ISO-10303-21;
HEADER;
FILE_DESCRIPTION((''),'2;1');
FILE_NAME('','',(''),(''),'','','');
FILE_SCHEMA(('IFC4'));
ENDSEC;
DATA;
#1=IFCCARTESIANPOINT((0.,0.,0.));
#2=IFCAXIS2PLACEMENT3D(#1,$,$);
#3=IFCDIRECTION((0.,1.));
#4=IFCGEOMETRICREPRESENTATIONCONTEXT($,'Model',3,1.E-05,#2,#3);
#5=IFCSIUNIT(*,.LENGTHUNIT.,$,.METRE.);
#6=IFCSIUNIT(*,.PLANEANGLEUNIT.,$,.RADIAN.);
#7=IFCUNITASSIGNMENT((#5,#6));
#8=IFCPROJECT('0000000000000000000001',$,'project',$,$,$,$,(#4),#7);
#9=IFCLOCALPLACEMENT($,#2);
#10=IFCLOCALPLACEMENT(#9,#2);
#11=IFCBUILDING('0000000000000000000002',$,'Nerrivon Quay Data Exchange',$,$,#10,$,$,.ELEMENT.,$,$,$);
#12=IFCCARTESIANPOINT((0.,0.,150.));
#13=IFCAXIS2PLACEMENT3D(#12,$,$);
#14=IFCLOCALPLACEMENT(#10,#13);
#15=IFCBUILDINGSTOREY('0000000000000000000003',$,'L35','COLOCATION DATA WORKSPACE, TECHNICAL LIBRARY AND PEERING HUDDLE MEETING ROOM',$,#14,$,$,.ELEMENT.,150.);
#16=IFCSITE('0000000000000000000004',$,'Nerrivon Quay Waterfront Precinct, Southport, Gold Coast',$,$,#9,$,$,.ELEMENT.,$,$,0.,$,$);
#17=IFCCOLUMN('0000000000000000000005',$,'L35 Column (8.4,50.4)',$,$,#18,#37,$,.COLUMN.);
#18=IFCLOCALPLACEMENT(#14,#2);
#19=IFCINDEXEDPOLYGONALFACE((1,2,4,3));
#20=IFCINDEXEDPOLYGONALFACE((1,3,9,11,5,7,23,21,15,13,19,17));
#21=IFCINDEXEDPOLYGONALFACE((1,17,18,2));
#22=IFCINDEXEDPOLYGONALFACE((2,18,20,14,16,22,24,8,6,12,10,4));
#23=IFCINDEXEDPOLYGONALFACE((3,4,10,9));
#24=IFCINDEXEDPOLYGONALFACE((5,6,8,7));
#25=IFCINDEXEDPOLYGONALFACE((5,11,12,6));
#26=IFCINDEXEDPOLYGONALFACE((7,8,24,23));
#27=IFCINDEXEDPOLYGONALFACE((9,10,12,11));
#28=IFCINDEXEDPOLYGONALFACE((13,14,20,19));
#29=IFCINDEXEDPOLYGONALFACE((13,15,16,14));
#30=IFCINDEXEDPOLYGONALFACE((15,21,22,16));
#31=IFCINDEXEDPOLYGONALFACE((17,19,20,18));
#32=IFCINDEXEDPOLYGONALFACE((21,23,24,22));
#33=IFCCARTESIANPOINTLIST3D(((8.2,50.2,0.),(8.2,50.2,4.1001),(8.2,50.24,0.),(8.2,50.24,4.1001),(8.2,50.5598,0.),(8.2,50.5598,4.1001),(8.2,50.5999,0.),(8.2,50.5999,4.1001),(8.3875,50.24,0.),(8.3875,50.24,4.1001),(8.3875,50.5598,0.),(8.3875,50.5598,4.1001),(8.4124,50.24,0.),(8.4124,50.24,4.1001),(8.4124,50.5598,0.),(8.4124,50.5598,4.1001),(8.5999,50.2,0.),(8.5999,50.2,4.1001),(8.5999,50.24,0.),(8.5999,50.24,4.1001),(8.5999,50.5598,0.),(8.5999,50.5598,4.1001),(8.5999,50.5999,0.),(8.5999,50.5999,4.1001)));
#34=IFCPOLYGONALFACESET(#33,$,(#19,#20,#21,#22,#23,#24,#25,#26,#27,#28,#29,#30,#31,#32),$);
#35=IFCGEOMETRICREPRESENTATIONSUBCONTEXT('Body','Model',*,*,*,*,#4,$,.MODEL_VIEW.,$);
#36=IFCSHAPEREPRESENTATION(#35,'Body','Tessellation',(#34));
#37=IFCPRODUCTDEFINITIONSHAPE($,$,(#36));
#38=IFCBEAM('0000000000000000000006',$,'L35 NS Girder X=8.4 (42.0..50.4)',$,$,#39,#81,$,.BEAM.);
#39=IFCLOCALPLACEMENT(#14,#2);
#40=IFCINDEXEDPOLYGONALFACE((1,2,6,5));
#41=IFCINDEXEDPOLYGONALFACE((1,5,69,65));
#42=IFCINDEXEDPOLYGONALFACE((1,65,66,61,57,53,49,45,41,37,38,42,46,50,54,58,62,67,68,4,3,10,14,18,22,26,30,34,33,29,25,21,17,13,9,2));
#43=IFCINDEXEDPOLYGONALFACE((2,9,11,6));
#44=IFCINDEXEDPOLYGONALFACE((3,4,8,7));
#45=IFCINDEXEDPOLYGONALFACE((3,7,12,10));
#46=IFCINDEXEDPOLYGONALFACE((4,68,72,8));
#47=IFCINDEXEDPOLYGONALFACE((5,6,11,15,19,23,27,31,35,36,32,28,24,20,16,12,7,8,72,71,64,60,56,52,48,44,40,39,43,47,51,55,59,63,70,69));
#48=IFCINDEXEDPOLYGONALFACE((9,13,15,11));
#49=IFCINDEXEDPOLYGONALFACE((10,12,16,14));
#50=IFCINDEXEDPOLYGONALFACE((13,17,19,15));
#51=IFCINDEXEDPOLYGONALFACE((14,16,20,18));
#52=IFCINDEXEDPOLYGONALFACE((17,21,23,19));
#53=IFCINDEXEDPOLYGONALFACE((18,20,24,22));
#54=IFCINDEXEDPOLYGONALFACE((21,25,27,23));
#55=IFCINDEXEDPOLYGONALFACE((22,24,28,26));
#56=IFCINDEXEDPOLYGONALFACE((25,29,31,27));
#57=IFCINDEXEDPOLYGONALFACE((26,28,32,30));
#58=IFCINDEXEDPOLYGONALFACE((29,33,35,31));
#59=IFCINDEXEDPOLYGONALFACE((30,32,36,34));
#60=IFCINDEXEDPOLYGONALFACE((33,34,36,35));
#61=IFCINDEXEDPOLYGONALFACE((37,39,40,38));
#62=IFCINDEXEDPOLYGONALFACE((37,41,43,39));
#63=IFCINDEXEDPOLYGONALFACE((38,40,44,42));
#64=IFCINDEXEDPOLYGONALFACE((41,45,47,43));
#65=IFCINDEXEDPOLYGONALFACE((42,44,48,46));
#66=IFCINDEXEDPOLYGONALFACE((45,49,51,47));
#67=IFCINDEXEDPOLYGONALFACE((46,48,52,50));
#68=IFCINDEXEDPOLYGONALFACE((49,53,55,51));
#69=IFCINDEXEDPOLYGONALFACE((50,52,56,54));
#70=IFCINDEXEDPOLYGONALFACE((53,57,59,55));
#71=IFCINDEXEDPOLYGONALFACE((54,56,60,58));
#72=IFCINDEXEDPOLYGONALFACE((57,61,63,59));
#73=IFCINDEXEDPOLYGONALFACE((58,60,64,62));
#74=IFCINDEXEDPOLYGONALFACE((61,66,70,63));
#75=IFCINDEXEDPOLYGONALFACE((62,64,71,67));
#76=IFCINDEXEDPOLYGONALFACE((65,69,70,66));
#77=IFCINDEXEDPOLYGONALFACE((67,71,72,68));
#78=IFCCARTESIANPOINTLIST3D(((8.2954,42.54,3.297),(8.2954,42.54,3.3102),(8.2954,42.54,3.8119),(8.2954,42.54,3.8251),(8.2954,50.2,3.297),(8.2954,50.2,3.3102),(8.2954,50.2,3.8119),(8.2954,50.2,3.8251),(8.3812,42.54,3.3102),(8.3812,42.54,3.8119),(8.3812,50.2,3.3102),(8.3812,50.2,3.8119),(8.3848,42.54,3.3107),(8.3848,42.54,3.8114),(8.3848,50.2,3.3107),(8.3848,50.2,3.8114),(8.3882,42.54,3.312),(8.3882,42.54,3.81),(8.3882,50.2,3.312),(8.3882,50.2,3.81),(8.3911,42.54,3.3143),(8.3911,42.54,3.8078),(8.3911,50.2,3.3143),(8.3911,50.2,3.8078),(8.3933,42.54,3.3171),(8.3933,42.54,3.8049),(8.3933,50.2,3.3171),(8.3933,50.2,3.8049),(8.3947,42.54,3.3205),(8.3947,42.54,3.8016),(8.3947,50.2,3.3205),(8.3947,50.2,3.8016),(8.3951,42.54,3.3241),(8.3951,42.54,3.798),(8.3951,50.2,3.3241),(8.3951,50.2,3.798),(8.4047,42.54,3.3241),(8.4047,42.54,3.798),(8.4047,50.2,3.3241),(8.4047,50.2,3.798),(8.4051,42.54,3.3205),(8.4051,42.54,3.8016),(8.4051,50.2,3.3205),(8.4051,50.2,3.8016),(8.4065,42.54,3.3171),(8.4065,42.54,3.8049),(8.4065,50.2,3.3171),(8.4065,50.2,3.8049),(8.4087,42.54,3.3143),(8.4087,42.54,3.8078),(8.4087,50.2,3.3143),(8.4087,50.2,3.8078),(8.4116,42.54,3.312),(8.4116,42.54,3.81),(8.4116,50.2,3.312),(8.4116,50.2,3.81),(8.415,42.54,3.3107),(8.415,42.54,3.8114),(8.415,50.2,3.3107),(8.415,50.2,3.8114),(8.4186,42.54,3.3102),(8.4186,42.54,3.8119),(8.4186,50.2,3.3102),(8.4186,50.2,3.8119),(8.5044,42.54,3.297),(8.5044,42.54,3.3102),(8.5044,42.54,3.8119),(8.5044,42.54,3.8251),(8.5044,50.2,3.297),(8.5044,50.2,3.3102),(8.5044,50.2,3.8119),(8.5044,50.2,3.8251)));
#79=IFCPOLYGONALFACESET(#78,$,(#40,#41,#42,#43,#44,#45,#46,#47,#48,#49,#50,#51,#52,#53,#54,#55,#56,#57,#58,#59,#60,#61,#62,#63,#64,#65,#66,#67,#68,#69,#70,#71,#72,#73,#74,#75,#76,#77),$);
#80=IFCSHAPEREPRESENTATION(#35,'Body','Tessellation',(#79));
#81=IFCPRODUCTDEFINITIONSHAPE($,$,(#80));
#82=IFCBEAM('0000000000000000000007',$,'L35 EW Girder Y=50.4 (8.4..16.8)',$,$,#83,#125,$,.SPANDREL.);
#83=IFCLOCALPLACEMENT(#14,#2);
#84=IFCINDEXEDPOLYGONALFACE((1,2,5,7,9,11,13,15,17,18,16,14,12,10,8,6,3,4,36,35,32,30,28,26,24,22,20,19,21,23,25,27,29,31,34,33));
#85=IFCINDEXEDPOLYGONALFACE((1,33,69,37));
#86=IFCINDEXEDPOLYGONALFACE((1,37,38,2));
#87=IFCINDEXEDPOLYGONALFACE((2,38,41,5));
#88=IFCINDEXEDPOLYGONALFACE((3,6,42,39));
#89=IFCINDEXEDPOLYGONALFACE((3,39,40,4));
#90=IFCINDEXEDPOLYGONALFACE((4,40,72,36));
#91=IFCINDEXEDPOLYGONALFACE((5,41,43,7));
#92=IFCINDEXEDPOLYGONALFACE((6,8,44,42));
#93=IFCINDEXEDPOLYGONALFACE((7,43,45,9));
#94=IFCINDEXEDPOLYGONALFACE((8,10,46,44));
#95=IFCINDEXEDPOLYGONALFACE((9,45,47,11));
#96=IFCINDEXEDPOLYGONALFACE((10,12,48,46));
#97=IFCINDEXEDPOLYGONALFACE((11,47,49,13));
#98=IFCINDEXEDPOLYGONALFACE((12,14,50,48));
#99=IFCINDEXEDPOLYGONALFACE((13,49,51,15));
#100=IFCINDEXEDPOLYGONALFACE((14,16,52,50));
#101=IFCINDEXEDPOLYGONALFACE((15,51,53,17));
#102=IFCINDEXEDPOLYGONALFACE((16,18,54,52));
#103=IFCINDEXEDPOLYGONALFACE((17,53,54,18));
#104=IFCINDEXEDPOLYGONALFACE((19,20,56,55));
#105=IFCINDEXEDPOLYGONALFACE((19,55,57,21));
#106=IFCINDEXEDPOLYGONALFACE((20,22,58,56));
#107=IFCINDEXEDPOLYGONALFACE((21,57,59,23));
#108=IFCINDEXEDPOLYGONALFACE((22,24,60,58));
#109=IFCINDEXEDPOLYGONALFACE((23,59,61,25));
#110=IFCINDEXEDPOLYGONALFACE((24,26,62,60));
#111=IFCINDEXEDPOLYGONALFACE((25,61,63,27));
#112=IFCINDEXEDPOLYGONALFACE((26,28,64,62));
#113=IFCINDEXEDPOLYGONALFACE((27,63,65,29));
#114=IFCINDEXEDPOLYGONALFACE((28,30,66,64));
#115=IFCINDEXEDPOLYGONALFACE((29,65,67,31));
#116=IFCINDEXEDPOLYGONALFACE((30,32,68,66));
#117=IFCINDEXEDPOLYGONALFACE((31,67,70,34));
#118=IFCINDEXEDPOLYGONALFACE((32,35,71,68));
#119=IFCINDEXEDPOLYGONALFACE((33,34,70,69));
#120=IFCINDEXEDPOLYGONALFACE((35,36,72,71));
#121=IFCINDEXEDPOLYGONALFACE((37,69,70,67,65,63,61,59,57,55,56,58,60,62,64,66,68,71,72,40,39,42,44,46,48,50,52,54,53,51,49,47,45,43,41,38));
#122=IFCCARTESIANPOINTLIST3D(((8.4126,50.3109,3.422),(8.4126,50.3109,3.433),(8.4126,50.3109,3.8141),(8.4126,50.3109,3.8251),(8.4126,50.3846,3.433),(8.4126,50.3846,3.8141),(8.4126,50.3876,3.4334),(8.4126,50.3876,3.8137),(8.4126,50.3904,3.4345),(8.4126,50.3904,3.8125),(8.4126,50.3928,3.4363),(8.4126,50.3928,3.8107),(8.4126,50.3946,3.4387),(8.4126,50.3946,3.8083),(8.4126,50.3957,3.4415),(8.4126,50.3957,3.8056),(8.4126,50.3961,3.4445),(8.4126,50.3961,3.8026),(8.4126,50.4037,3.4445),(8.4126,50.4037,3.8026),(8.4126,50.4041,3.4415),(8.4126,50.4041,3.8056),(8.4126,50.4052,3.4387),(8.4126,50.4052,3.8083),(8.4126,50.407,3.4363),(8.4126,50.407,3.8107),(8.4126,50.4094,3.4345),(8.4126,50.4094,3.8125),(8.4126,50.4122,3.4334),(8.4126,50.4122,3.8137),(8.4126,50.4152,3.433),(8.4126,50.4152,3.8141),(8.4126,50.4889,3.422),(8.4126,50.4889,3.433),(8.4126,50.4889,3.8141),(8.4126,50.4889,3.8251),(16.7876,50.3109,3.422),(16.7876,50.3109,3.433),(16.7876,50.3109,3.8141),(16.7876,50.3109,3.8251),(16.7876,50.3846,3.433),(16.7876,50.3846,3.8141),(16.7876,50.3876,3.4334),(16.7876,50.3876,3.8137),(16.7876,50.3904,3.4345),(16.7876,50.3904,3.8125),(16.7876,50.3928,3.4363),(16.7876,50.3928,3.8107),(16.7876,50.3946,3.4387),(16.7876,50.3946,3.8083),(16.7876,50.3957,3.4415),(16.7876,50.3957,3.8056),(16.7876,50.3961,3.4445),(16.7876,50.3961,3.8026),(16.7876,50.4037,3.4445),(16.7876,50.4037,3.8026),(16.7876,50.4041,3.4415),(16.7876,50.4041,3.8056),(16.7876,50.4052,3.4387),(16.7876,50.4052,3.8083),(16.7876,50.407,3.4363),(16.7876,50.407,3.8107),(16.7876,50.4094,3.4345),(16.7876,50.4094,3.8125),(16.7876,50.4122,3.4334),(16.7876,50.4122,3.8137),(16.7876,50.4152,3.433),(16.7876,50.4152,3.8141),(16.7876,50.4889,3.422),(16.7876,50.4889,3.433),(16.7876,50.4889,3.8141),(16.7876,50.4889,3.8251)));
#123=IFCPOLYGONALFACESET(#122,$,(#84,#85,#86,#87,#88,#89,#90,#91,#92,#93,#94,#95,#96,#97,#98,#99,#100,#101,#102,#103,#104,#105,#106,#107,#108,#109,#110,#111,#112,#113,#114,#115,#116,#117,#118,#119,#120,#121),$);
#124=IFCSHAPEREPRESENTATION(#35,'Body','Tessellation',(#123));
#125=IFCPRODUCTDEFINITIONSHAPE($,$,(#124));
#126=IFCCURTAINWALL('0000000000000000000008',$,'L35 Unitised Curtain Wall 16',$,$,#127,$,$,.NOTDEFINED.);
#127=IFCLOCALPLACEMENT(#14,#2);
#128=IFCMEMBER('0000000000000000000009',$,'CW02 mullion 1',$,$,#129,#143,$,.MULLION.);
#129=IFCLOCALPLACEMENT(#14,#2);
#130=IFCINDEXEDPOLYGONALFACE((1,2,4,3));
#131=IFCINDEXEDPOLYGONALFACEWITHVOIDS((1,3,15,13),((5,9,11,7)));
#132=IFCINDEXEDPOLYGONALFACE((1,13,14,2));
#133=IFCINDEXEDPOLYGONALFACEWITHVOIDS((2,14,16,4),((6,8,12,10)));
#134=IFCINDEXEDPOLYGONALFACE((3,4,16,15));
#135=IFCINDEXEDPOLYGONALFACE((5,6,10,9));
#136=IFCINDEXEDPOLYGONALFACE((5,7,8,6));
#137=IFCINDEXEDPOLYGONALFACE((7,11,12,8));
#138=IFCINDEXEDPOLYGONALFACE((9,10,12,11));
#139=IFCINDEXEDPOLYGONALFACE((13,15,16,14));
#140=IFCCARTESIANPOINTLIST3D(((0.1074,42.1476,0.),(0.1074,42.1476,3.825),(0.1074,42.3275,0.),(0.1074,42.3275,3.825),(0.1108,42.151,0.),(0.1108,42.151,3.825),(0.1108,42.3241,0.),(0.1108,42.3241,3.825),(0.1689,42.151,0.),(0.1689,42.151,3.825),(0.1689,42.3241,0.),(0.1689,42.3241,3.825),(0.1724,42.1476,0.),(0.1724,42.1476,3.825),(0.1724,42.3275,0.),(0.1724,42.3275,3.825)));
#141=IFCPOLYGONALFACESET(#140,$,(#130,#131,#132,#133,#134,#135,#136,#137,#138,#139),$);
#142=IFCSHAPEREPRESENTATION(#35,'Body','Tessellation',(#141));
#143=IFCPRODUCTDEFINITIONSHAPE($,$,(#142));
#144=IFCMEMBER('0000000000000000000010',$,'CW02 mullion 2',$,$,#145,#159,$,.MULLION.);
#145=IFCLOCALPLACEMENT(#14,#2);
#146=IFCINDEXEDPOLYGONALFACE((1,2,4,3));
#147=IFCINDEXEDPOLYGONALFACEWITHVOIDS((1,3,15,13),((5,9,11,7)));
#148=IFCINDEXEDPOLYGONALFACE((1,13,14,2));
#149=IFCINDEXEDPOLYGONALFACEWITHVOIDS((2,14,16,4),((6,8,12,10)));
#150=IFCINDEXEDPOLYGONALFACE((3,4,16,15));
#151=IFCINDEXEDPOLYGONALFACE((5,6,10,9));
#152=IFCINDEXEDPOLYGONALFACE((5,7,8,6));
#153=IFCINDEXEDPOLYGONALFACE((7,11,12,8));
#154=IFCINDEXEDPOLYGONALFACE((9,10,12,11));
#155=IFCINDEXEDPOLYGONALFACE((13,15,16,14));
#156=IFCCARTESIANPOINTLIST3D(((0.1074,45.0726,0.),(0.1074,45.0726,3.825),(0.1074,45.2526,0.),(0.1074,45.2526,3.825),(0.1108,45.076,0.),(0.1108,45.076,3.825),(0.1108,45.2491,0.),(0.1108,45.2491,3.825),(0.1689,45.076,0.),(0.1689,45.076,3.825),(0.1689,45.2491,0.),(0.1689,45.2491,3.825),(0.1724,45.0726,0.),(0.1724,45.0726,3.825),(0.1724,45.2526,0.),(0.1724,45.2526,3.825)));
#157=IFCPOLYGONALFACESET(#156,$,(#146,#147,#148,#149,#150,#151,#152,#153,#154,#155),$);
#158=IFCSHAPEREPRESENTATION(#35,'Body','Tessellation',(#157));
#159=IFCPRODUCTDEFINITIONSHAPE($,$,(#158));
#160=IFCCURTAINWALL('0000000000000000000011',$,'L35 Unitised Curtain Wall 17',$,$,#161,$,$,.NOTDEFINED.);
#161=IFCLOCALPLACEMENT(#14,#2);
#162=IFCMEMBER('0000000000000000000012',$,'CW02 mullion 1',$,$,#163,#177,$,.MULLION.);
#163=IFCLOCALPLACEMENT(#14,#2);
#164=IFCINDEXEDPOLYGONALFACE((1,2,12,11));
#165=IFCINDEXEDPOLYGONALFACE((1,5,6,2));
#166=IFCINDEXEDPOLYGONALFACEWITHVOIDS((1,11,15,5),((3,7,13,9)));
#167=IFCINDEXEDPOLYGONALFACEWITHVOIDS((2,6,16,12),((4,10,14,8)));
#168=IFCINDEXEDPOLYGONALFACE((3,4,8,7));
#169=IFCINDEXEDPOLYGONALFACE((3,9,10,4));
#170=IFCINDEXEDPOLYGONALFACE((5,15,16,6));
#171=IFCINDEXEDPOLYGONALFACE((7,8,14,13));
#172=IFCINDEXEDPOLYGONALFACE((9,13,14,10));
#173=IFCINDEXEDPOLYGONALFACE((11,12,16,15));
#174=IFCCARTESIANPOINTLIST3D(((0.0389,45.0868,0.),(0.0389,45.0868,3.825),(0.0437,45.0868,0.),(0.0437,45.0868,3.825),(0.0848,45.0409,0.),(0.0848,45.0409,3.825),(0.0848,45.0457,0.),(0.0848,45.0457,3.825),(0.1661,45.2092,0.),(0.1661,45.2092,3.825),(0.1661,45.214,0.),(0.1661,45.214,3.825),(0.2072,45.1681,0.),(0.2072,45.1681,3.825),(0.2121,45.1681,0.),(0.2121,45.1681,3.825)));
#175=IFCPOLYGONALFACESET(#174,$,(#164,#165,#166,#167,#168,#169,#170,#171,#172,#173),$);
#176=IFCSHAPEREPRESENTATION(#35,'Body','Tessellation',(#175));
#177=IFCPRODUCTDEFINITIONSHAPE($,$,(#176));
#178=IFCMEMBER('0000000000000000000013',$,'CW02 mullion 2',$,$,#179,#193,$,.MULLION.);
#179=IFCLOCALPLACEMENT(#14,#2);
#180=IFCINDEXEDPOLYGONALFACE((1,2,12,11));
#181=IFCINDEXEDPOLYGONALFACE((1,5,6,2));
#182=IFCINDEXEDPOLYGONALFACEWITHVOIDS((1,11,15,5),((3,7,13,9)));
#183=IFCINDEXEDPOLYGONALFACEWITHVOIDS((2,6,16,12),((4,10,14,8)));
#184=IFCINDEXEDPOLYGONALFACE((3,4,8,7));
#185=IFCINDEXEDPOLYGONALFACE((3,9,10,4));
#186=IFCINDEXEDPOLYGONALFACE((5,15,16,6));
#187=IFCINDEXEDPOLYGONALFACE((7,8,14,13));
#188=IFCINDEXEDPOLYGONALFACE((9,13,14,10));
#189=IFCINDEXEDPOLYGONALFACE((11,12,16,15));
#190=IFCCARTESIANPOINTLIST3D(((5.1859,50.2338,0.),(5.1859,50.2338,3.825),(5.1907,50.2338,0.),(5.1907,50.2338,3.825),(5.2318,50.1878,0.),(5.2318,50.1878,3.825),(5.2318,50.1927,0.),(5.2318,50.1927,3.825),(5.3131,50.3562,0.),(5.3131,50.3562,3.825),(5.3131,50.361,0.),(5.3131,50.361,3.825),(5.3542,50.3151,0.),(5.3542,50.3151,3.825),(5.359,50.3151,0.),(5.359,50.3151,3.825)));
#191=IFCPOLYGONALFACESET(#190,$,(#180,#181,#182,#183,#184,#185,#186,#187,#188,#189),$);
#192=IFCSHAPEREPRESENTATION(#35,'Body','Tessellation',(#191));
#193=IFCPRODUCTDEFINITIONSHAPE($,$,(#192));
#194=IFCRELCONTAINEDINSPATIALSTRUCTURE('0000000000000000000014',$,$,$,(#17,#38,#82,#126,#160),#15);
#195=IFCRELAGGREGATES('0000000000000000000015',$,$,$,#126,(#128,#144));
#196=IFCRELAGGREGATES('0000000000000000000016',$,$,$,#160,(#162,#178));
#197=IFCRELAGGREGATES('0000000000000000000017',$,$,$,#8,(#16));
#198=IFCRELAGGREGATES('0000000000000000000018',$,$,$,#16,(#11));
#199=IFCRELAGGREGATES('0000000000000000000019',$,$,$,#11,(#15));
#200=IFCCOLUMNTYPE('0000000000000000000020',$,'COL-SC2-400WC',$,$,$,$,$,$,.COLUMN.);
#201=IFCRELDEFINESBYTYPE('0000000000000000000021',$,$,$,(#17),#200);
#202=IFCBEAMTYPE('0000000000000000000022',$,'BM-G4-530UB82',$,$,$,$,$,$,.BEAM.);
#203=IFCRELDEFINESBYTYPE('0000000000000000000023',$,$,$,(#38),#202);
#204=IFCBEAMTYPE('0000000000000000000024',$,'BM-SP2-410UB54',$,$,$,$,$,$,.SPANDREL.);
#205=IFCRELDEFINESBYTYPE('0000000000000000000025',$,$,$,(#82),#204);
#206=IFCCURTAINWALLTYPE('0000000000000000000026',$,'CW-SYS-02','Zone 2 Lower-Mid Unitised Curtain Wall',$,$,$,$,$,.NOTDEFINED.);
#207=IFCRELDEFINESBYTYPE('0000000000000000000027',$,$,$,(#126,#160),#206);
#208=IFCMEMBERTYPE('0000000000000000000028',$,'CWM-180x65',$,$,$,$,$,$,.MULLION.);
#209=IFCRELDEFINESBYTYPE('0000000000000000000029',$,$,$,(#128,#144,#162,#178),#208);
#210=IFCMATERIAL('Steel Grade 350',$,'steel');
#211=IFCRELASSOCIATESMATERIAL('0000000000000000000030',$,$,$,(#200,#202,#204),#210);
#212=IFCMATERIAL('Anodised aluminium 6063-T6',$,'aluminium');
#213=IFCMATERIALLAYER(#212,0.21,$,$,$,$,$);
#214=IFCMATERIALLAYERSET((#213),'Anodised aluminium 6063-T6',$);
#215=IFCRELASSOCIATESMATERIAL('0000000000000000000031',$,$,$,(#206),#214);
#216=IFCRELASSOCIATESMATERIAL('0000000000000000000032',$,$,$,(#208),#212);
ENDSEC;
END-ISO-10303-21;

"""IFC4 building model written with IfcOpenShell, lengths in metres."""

from ifc_helpers import new_model, si_unit, direction, frame, origin, origin_2d, place, context, subcontext, project, spatial, hollow_rectangle, i_section, extrude, material, layer, layer_set, material_profile, profile_set, type_object, element, aggregate, save


model = new_model("IFC4")

# Units and contexts
model_context = context("Model", 3, precision=1e-05, world=origin(), true_north=direction((0.0, 1.0)))
body_context = subcontext(model_context, "Body", "Model", "MODEL_VIEW")
ifc_project = project(units=[si_unit("LENGTHUNIT", "METRE"), si_unit("PLANEANGLEUNIT", "RADIAN")], contexts=[model_context])

# Site, building, storey
site_placement = place(None, origin())
site = spatial("IfcSite", under=ifc_project, at=site_placement, Name="Nerrivon Quay Waterfront Precinct, Southport, Gold Coast", CompositionType="ELEMENT", RefElevation=0.0)
building_placement = place(site_placement, origin())
building = spatial("IfcBuilding", under=site, at=building_placement, Name="Nerrivon Quay Data Exchange", CompositionType="ELEMENT")
storey_placement = place(building_placement, frame((0.0, 0.0, 150.0)))
storey = spatial("IfcBuildingStorey", under=building, at=storey_placement, Name="L35", Description="COLOCATION DATA WORKSPACE, TECHNICAL LIBRARY AND PEERING HUDDLE MEETING ROOM", CompositionType="ELEMENT", Elevation=150.0)

# Column
ifc_material_1 = material(Name="Steel Grade 350", Category="steel")
ifc_material_profile_1 = material_profile(ifc_material_1, i_section(OverallWidth=0.3999, OverallDepth=0.3999, WebThickness=0.0249, FlangeThickness=0.04, at=origin_2d()), Name="400WC328")
ifc_profile_set_1 = profile_set([ifc_material_profile_1], Name="Steel Grade 350")
column_type = type_object("IfcColumnType", Name="COL-SC2-400WC", PredefinedType="COLUMN", material=ifc_profile_set_1)
column_placement = place(storey_placement, frame((8.3999, 50.3999, 0.0), z_axis=(0.0, 0.0, 1.0), x_axis=(1.0, 0.0, 0.0)))
element("IfcColumn", 1, at=column_placement, inside=storey, type_object=column_type, Name="L35 Column (8.4,50.4)", PredefinedType="COLUMN", context=body_context, shape_type="SweptSolid", body=[
    extrude(i_section(OverallWidth=0.3999, OverallDepth=0.3999, WebThickness=0.0249, FlangeThickness=0.04, at=origin_2d()), origin(), (0.0, 0.0, 1.0), 4.1001),
])

# Beams
ifc_material_profile_2 = material_profile(ifc_material_1, i_section(OverallWidth=0.209, OverallDepth=0.5281, WebThickness=0.0095, FlangeThickness=0.0132, FilletRadius=0.0139, at=origin_2d()), Name="530UB82.0")
ifc_profile_set_2 = profile_set([ifc_material_profile_2], Name="Steel Grade 350")
beam_type_1 = type_object("IfcBeamType", Name="BM-G4-530UB82", PredefinedType="BEAM", material=ifc_profile_set_2)
beam_1_placement = place(storey_placement, frame((8.3999, 42.54, 3.561), z_axis=(0.0, 1.0, 0.0), x_axis=(-1.0, 0.0, 0.0)))
element("IfcBeam", 2, at=beam_1_placement, inside=storey, type_object=beam_type_1, Name="L35 NS Girder X=8.4 (42.0..50.4)", PredefinedType="BEAM", context=body_context, shape_type="SweptSolid", body=[
    extrude(i_section(OverallWidth=0.209, OverallDepth=0.5281, WebThickness=0.0095, FlangeThickness=0.0132, FilletRadius=0.0139, at=origin_2d()), origin(), (0.0, 0.0, 1.0), 7.6599),
])
ifc_material_profile_3 = material_profile(ifc_material_1, i_section(OverallWidth=0.178, OverallDepth=0.4031, WebThickness=0.0076, FlangeThickness=0.011, FilletRadius=0.0115, at=origin_2d()), Name="410UB53.7")
ifc_profile_set_3 = profile_set([ifc_material_profile_3], Name="Steel Grade 350")
beam_type_2 = type_object("IfcBeamType", Name="BM-SP2-410UB54", PredefinedType="SPANDREL", material=ifc_profile_set_3)
beam_2_placement = place(storey_placement, frame((8.4126, 50.3999, 3.6235), z_axis=(1.0, 0.0, 0.0), x_axis=(0.0, 1.0, 0.0)))
element("IfcBeam", 3, at=beam_2_placement, inside=storey, type_object=beam_type_2, Name="L35 EW Girder Y=50.4 (8.4..16.8)", PredefinedType="SPANDREL", context=body_context, shape_type="SweptSolid", body=[
    extrude(i_section(OverallWidth=0.178, OverallDepth=0.4031, WebThickness=0.0076, FlangeThickness=0.011, FilletRadius=0.0115, at=origin_2d()), origin(), (0.0, 0.0, 1.0), 8.375),
])

# Curtain walls, members
ifc_material_2 = material(Name="Anodised aluminium 6063-T6", Category="aluminium")
ifc_layer_1 = layer(ifc_material_2, 0.21)
ifc_layer_set_1 = layer_set([ifc_layer_1], Name="Anodised aluminium 6063-T6")
curtain_wall_type = type_object("IfcCurtainWallType", Name="CW-SYS-02", Description="Zone 2 Lower-Mid Unitised Curtain Wall", PredefinedType="NOTDEFINED", material=ifc_layer_set_1)
curtain_wall_1_placement = place(storey_placement, origin())
curtain_wall_1 = element("IfcCurtainWall", 4, at=curtain_wall_1_placement, inside=storey, type_object=curtain_wall_type, Name="L35 Unitised Curtain Wall 16", PredefinedType="NOTDEFINED")
ifc_material_profile_4 = material_profile(ifc_material_2, hollow_rectangle(XDim=0.0649, YDim=0.1799, WallThickness=0.0034, at=origin_2d()), Name="ALU-MULL-180x65")
ifc_profile_set_4 = profile_set([ifc_material_profile_4], Name="Anodised aluminium 6063-T6")
member_type_1 = type_object("IfcMemberType", Name="CWM-180x65", PredefinedType="MULLION", material=ifc_profile_set_4)
member_1_placement = place(storey_placement, frame((0.1399, 42.2375, 0.0), z_axis=(0.0, 0.0, 1.0), x_axis=(-1.0, 0.0, 0.0)))
member_1 = element("IfcMember", 5, at=member_1_placement, type_object=member_type_1, Name="CW02 mullion 1", PredefinedType="MULLION", context=body_context, shape_type="SweptSolid", body=[
    extrude(hollow_rectangle(XDim=0.0649, YDim=0.1799, WallThickness=0.0034, at=origin_2d()), origin(), (0.0, 0.0, 1.0), 3.825),
])
member_2_placement = place(storey_placement, frame((0.1399, 45.1626, 0.0), z_axis=(0.0, 0.0, 1.0), x_axis=(-1.0, 0.0, 0.0)))
member_2 = element("IfcMember", 6, at=member_2_placement, type_object=member_type_1, Name="CW02 mullion 2", PredefinedType="MULLION", context=body_context, shape_type="SweptSolid", body=[
    extrude(hollow_rectangle(XDim=0.0649, YDim=0.1799, WallThickness=0.0034, at=origin_2d()), origin(), (0.0, 0.0, 1.0), 3.825),
])
curtain_wall_2_placement = place(storey_placement, origin())
curtain_wall_2 = element("IfcCurtainWall", 7, at=curtain_wall_2_placement, inside=storey, type_object=curtain_wall_type, Name="L35 Unitised Curtain Wall 17", PredefinedType="NOTDEFINED")
member_3_placement = place(storey_placement, frame((0.1255, 45.1274, 0.0), z_axis=(0.0, 0.0, 1.0), x_axis=(-0.707107, 0.707107, 0.0)))
member_3 = element("IfcMember", 8, at=member_3_placement, type_object=member_type_1, Name="CW02 mullion 1", PredefinedType="MULLION", context=body_context, shape_type="SweptSolid", body=[
    extrude(hollow_rectangle(XDim=0.0649, YDim=0.1799, WallThickness=0.0034, at=origin_2d()), origin(), (0.0, 0.0, 1.0), 3.825),
])
member_4_placement = place(storey_placement, frame((5.2725, 50.2744, 0.0), z_axis=(0.0, 0.0, 1.0), x_axis=(-0.707107, 0.707107, 0.0)))
member_4 = element("IfcMember", 9, at=member_4_placement, type_object=member_type_1, Name="CW02 mullion 2", PredefinedType="MULLION", context=body_context, shape_type="SweptSolid", body=[
    extrude(hollow_rectangle(XDim=0.0649, YDim=0.1799, WallThickness=0.0034, at=origin_2d()), origin(), (0.0, 0.0, 1.0), 3.825),
])

aggregate(curtain_wall_1, [member_1, member_2])
aggregate(curtain_wall_2, [member_3, member_4])

save(model, "model.ifc")
